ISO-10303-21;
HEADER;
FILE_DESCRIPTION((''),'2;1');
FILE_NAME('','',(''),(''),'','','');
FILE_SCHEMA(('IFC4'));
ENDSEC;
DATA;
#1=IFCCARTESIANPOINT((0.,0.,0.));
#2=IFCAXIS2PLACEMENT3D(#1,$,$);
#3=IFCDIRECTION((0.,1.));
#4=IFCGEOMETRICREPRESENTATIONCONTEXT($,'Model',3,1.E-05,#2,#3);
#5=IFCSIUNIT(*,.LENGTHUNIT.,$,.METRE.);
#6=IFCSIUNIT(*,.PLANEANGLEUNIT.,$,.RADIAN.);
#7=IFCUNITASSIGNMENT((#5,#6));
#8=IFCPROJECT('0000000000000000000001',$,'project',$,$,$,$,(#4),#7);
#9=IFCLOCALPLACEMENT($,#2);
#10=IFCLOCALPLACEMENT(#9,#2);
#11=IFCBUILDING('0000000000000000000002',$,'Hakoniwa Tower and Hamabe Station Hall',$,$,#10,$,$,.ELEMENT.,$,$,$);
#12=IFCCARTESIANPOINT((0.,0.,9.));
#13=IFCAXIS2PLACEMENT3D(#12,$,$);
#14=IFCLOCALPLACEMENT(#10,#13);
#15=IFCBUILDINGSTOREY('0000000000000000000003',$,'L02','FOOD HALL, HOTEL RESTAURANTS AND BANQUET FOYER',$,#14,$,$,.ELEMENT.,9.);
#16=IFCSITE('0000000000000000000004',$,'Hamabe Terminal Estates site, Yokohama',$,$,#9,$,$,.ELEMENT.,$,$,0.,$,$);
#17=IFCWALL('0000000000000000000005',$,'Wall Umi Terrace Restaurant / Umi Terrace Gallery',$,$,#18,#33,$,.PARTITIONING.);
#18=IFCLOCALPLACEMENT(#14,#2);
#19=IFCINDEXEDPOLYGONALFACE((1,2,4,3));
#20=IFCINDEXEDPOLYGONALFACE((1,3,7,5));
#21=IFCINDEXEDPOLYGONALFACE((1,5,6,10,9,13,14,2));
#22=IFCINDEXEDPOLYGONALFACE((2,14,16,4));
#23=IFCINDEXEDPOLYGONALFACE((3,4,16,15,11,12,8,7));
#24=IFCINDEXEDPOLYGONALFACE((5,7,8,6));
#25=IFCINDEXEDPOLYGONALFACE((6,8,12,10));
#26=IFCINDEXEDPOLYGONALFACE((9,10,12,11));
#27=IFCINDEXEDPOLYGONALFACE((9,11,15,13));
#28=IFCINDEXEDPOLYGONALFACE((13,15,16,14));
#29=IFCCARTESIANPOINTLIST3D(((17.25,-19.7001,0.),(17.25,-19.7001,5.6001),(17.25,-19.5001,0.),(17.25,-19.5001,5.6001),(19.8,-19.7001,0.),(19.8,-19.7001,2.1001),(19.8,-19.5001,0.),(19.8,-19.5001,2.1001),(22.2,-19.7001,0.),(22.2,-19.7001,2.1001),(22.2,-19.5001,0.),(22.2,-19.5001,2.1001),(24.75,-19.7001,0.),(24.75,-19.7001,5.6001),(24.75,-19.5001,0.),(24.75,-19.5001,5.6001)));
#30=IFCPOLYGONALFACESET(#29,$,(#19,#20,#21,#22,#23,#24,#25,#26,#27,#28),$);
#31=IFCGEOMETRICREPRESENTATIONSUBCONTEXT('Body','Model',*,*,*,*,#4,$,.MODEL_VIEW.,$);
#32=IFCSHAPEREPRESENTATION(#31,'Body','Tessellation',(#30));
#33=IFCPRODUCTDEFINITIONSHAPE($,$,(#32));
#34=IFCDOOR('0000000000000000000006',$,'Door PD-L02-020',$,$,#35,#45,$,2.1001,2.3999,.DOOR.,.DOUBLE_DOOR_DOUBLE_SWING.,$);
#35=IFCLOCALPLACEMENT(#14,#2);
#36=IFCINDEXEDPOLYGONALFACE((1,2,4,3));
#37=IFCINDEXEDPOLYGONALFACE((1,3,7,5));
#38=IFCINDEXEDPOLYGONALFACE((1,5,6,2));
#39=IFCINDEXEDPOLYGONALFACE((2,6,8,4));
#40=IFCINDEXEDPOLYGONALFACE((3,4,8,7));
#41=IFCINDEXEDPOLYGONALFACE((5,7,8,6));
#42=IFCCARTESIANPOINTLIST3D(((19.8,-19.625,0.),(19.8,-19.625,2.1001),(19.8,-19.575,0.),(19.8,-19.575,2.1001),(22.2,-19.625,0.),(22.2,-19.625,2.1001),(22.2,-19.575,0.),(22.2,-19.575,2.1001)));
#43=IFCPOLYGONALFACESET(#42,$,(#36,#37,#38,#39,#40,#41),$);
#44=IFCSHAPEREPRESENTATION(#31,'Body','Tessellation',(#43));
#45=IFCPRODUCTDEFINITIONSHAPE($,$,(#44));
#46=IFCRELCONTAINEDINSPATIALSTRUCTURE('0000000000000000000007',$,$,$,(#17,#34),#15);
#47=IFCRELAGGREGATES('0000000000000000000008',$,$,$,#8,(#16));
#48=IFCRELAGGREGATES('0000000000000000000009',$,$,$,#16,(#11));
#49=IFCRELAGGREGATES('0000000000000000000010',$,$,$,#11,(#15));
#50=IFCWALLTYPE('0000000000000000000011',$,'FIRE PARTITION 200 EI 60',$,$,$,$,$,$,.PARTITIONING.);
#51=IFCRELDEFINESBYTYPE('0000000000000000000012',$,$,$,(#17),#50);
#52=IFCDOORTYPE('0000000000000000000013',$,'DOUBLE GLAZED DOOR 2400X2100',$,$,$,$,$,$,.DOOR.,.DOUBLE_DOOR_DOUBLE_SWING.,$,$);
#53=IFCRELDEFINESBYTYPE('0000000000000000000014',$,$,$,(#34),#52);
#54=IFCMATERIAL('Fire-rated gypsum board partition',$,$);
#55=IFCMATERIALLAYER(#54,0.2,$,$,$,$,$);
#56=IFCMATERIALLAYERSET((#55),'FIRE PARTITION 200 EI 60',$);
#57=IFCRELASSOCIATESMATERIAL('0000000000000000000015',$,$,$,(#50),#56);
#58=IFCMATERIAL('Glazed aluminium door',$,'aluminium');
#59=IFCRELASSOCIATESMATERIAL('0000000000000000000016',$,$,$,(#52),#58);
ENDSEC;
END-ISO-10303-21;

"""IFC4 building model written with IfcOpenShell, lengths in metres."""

from ifc_helpers import new_model, si_unit, direction, frame, frame_2d, origin, place, context, subcontext, project, spatial, rectangle, extrude, material, layer, layer_set, type_object, element, fill, save


model = new_model("IFC4")

# Units and contexts
model_context = context("Model", 3, precision=1e-05, world=origin(), true_north=direction((0.0, 1.0)))
body_context = subcontext(model_context, "Body", "Model", "MODEL_VIEW")
ifc_project = project(units=[si_unit("LENGTHUNIT", "METRE"), si_unit("PLANEANGLEUNIT", "RADIAN")], contexts=[model_context])

# Site, building, storey
site_placement = place(None, origin())
site = spatial("IfcSite", under=ifc_project, at=site_placement, Name="Hamabe Terminal Estates site, Yokohama", CompositionType="ELEMENT", RefElevation=0.0)
building_placement = place(site_placement, origin())
building = spatial("IfcBuilding", under=site, at=building_placement, Name="Hakoniwa Tower and Hamabe Station Hall", CompositionType="ELEMENT")
storey_placement = place(building_placement, frame((0.0, 0.0, 9.0)))
storey = spatial("IfcBuildingStorey", under=building, at=storey_placement, Name="L02", Description="FOOD HALL, HOTEL RESTAURANTS AND BANQUET FOYER", CompositionType="ELEMENT", Elevation=9.0)

# Shared definitions
ifc_material_1 = material(Name="Fire-rated gypsum board partition")
ifc_layer_1 = layer(ifc_material_1, 0.2)
ifc_layer_set_1 = layer_set([ifc_layer_1], Name="FIRE PARTITION 200 EI 60")
wall_type_1 = type_object("IfcWallType", Name="FIRE PARTITION 200 EI 60", PredefinedType="PARTITIONING", material=ifc_layer_set_1)

# Wall, opening, door
ifc_material_2 = material(Name="Glazed aluminium door", Category="aluminium")
door_type_1 = type_object("IfcDoorType", Name="DOUBLE GLAZED DOOR 2400X2100", OperationType="DOUBLE_DOOR_DOUBLE_SWING", PredefinedType="DOOR", material=ifc_material_2)
wall_1_placement = place(storey_placement, frame((24.75, -19.6001, 0.0), z_axis=(0.0, 0.0, 1.0), x_axis=(-1.0, 0.0, 0.0)))
wall_1 = element("IfcWall", 1, at=wall_1_placement, inside=storey, type_object=wall_type_1, Name="Wall Umi Terrace Restaurant / Umi Terrace Gallery", PredefinedType="PARTITIONING", context=body_context, shape_type="SweptSolid", body=[
    extrude(rectangle(XDim=7.5, YDim=0.2, at=frame_2d((3.75, 0.0))), origin(), (0.0, 0.0, 1.0), 5.6001),
])
opening_1_placement = place(wall_1_placement, frame((2.55, 0.0, 0.0)))
opening_1 = element("IfcOpeningElement", 2, at=opening_1_placement, cuts=wall_1, PredefinedType="OPENING", context=body_context, shape_type="SweptSolid", body=[
    extrude(rectangle(XDim=2.3999, YDim=2.1001, at=frame_2d((1.2, 1.05))), frame((0.0, 0.1099, 0.0), z_axis=(0.0, -1.0, 0.0), x_axis=(1.0, 0.0, 0.0)), (0.0, 0.0, 1.0), 0.22),
])
door_1_placement = place(opening_1_placement, origin())
door_1 = element("IfcDoor", 3, at=door_1_placement, inside=storey, type_object=door_type_1, Name="Door PD-L02-020", OperationType="DOUBLE_DOOR_DOUBLE_SWING", OverallHeight=2.1001, OverallWidth=2.3999, PredefinedType="DOOR", context=body_context, shape_type="SweptSolid", body=[
    extrude(rectangle(XDim=2.3999, YDim=2.1001, at=frame_2d((1.2, 1.05))), frame((0.0, 0.0249, 0.0), z_axis=(0.0, -1.0, 0.0), x_axis=(1.0, 0.0, 0.0)), (0.0, 0.0, 1.0), 0.05),
])
fill(opening_1, door_1)

save(model, "model.ifc")
